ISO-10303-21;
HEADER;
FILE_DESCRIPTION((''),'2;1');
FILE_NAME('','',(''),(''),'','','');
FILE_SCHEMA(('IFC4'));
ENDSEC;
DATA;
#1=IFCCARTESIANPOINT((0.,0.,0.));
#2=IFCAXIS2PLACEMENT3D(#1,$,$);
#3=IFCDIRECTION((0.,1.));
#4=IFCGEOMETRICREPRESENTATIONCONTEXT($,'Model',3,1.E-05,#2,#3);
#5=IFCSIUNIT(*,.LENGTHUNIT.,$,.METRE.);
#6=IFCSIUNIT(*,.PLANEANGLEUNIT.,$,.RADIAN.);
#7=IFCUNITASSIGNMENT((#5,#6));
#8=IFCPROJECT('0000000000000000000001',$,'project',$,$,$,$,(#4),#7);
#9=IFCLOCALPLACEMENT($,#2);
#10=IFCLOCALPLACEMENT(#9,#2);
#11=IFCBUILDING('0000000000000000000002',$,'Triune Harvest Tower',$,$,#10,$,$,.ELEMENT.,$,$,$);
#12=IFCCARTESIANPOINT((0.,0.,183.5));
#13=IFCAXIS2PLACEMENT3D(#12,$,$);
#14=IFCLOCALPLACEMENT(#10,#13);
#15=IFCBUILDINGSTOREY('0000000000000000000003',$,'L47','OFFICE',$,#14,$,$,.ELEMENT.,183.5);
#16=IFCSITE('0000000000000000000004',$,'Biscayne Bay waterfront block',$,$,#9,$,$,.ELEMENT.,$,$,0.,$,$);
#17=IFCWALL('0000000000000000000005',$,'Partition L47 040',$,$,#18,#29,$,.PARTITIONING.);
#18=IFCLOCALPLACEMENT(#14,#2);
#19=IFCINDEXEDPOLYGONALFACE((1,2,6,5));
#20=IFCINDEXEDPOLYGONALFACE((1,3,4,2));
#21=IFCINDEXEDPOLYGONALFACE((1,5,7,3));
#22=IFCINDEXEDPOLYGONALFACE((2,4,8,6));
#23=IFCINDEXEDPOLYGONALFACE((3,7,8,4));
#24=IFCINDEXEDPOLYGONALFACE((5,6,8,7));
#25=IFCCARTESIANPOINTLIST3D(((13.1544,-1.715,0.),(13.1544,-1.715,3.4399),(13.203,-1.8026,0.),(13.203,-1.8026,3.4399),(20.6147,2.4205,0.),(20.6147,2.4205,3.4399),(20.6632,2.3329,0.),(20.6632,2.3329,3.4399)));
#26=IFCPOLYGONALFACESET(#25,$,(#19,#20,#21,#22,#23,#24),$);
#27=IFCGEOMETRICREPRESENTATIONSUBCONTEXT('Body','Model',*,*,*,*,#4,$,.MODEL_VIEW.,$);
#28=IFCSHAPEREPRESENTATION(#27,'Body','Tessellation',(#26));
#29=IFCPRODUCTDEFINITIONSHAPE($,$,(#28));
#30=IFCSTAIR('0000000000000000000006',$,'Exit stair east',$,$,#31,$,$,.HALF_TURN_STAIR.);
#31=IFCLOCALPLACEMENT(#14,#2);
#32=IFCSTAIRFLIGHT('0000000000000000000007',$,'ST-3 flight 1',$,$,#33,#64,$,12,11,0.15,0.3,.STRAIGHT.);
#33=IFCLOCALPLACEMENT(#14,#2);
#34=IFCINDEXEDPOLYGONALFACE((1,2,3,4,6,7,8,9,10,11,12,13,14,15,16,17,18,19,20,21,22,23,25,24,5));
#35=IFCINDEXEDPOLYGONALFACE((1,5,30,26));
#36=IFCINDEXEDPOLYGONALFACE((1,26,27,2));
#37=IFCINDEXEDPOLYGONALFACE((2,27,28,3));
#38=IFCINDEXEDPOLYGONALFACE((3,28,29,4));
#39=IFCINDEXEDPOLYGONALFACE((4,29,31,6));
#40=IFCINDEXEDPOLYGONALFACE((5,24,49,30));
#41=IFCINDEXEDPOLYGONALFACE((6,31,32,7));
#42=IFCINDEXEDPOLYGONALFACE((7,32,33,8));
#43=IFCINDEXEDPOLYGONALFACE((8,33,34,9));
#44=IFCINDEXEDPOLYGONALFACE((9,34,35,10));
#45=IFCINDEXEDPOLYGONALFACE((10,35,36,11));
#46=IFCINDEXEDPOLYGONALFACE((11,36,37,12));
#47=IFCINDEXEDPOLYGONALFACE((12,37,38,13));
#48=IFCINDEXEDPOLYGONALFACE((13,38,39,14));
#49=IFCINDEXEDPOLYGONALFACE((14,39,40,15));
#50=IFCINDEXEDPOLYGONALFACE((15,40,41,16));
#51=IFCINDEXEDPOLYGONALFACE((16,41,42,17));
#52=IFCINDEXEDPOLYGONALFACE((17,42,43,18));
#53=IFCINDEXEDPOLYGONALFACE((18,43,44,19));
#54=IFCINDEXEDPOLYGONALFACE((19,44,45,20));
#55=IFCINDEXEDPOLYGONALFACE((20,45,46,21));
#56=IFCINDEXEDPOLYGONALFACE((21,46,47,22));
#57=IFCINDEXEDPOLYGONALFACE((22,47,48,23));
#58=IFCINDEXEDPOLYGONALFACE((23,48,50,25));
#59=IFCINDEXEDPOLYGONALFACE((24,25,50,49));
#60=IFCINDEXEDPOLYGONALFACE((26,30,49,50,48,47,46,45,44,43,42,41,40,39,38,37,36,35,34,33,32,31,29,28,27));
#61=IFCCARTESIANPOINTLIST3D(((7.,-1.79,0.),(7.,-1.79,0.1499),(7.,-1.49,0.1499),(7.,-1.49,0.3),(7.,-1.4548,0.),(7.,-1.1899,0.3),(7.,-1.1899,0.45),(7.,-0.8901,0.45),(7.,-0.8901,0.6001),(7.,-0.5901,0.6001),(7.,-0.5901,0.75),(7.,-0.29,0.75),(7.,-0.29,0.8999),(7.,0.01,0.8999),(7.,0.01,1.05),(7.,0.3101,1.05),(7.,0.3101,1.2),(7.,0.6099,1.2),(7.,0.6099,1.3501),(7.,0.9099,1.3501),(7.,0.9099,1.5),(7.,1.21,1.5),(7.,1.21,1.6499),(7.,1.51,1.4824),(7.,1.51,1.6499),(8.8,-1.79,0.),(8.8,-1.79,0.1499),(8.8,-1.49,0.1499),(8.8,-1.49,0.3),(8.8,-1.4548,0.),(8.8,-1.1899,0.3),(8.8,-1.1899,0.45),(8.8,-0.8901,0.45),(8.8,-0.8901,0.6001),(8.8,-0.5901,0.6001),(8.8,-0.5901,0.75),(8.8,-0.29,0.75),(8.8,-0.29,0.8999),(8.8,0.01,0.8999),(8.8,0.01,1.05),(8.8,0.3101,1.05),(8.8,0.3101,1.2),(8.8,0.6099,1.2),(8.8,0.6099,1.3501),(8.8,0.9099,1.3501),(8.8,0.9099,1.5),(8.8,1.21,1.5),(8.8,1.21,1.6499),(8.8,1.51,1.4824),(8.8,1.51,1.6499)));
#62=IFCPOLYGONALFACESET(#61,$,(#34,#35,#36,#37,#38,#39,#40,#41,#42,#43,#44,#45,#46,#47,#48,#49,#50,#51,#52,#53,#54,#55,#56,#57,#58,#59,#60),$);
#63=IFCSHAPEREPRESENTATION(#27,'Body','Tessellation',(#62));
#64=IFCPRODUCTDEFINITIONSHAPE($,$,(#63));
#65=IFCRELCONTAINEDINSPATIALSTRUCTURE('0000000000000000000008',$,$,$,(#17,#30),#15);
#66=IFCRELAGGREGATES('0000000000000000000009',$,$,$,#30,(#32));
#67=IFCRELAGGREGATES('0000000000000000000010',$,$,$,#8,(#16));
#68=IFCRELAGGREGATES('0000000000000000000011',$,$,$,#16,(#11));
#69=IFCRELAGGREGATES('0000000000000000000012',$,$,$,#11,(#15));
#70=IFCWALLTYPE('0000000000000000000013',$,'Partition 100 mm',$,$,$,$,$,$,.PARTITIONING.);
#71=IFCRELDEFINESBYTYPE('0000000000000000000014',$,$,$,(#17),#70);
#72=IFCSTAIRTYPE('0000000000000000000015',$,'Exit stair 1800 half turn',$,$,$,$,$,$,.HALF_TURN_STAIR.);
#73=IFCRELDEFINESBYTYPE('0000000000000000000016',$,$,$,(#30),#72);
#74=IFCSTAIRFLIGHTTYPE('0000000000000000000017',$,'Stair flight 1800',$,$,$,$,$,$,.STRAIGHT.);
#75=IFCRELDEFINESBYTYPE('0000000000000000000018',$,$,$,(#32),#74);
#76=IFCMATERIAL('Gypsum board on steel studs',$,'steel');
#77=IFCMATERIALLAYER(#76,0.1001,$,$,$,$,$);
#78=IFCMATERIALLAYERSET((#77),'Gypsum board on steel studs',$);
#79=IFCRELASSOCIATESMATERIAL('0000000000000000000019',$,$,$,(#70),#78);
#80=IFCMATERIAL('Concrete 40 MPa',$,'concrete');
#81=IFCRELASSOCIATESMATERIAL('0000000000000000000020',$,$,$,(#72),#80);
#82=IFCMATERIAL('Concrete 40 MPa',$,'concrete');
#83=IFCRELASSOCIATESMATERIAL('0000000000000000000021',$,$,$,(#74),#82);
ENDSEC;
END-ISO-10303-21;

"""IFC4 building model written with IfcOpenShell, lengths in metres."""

from ifc_helpers import new_model, si_unit, direction, frame, frame_2d, origin, place, context, subcontext, project, spatial, polyline, rectangle, outline, extrude, source, transform, mapped, material, layer, layer_set, type_object, element, aggregate, save


model = new_model("IFC4")

# Units and contexts
model_context = context("Model", 3, precision=1e-05, world=origin(), true_north=direction((0.0, 1.0)))
body_context = subcontext(model_context, "Body", "Model", "MODEL_VIEW")
ifc_project = project(units=[si_unit("LENGTHUNIT", "METRE"), si_unit("PLANEANGLEUNIT", "RADIAN")], contexts=[model_context])

# Site, building, storey
site_placement = place(None, origin())
site = spatial("IfcSite", under=ifc_project, at=site_placement, Name="Biscayne Bay waterfront block", CompositionType="ELEMENT", RefElevation=0.0)
building_placement = place(site_placement, origin())
building = spatial("IfcBuilding", under=site, at=building_placement, Name="Triune Harvest Tower", CompositionType="ELEMENT")
storey_placement = place(building_placement, frame((0.0, 0.0, 183.5)))
storey = spatial("IfcBuildingStorey", under=building, at=storey_placement, Name="L47", Description="OFFICE", CompositionType="ELEMENT", Elevation=183.5)

# Wall
ifc_material_1 = material(Name="Gypsum board on steel studs", Category="steel")
ifc_layer_1 = layer(ifc_material_1, 0.1001)
ifc_layer_set_1 = layer_set([ifc_layer_1], Name="Gypsum board on steel studs")
wall_type_1 = type_object("IfcWallType", Name="Partition 100 mm", PredefinedType="PARTITIONING", material=ifc_layer_set_1)
shared_shape_1 = source(origin(), body_context, "Body", "SweptSolid", [
    extrude(rectangle(XDim=8.5298, YDim=0.1001, at=frame_2d((4.2649, 0.0))), origin(), (0.0, 0.0, 1.0), 3.4399),
])
wall_1_placement = place(storey_placement, frame((13.1787, -1.7588, 0.0), z_axis=(0.0, 0.0, 1.0), x_axis=(0.874608, 0.484831, 0.0)))
element("IfcWall", 1, at=wall_1_placement, inside=storey, type_object=wall_type_1, Name="Partition L47 040", PredefinedType="PARTITIONING", context=body_context, shape_type="MappedRepresentation", body=[
    mapped(shared_shape_1, transform((0.0, 0.0, 0.0), scale=1.0)),
])

# Stair, stair flight
ifc_material_2 = material(Name="Concrete 40 MPa", Category="concrete")
stair_type = type_object("IfcStairType", Name="Exit stair 1800 half turn", PredefinedType="HALF_TURN_STAIR", material=ifc_material_2)
stair_placement = place(storey_placement, origin())
stair = element("IfcStair", 2, at=stair_placement, inside=storey, type_object=stair_type, Name="Exit stair east", PredefinedType="HALF_TURN_STAIR")
ifc_material_3 = material(Name="Concrete 40 MPa", Category="concrete")
stair_flight_type = type_object("IfcStairFlightType", Name="Stair flight 1800", PredefinedType="STRAIGHT", material=ifc_material_3)
shared_shape_2 = source(origin(), body_context, "Body", "SweptSolid", [
    extrude(outline(polyline([(0.0, 0.0), (0.0, 0.1499), (0.3, 0.1499), (0.3, 0.3), (0.6001, 0.3), (0.6001, 0.45), (0.8999, 0.45), (0.8999, 0.6001), (1.2, 0.6001), (1.2, 0.75), (1.5, 0.75), (1.5, 0.8999), (1.8, 0.8999), (1.8, 1.05), (2.1001, 1.05), (2.1001, 1.2), (2.3999, 1.2), (2.3999, 1.3501), (2.7, 1.3501), (2.7, 1.5), (3.0, 1.5), (3.0, 1.6499), (3.3, 1.6499), (3.3, 1.8), (3.3, 1.4824), (0.3352, 0.0), (0.0, 0.0)])), frame((0.0, 0.8999, 0.0), z_axis=(0.0, -1.0, 0.0), x_axis=(1.0, 0.0, 0.0)), (0.0, 0.0, 1.0), 1.8),
])
stair_flight_placement = place(storey_placement, frame((7.8999, -1.79, 0.0), z_axis=(0.0, 0.0, 1.0), x_axis=(0.0, 1.0, 0.0)))
stair_flight = element("IfcStairFlight", 3, at=stair_flight_placement, type_object=stair_flight_type, Name="ST-3 flight 1", NumberOfRisers=12, NumberOfTreads=11, PredefinedType="STRAIGHT", RiserHeight=0.15, TreadLength=0.3, context=body_context, shape_type="MappedRepresentation", body=[
    mapped(shared_shape_2, transform((0.0, 0.0, 0.0), scale=1.0)),
])
aggregate(stair, [stair_flight])

save(model, "model.ifc")
